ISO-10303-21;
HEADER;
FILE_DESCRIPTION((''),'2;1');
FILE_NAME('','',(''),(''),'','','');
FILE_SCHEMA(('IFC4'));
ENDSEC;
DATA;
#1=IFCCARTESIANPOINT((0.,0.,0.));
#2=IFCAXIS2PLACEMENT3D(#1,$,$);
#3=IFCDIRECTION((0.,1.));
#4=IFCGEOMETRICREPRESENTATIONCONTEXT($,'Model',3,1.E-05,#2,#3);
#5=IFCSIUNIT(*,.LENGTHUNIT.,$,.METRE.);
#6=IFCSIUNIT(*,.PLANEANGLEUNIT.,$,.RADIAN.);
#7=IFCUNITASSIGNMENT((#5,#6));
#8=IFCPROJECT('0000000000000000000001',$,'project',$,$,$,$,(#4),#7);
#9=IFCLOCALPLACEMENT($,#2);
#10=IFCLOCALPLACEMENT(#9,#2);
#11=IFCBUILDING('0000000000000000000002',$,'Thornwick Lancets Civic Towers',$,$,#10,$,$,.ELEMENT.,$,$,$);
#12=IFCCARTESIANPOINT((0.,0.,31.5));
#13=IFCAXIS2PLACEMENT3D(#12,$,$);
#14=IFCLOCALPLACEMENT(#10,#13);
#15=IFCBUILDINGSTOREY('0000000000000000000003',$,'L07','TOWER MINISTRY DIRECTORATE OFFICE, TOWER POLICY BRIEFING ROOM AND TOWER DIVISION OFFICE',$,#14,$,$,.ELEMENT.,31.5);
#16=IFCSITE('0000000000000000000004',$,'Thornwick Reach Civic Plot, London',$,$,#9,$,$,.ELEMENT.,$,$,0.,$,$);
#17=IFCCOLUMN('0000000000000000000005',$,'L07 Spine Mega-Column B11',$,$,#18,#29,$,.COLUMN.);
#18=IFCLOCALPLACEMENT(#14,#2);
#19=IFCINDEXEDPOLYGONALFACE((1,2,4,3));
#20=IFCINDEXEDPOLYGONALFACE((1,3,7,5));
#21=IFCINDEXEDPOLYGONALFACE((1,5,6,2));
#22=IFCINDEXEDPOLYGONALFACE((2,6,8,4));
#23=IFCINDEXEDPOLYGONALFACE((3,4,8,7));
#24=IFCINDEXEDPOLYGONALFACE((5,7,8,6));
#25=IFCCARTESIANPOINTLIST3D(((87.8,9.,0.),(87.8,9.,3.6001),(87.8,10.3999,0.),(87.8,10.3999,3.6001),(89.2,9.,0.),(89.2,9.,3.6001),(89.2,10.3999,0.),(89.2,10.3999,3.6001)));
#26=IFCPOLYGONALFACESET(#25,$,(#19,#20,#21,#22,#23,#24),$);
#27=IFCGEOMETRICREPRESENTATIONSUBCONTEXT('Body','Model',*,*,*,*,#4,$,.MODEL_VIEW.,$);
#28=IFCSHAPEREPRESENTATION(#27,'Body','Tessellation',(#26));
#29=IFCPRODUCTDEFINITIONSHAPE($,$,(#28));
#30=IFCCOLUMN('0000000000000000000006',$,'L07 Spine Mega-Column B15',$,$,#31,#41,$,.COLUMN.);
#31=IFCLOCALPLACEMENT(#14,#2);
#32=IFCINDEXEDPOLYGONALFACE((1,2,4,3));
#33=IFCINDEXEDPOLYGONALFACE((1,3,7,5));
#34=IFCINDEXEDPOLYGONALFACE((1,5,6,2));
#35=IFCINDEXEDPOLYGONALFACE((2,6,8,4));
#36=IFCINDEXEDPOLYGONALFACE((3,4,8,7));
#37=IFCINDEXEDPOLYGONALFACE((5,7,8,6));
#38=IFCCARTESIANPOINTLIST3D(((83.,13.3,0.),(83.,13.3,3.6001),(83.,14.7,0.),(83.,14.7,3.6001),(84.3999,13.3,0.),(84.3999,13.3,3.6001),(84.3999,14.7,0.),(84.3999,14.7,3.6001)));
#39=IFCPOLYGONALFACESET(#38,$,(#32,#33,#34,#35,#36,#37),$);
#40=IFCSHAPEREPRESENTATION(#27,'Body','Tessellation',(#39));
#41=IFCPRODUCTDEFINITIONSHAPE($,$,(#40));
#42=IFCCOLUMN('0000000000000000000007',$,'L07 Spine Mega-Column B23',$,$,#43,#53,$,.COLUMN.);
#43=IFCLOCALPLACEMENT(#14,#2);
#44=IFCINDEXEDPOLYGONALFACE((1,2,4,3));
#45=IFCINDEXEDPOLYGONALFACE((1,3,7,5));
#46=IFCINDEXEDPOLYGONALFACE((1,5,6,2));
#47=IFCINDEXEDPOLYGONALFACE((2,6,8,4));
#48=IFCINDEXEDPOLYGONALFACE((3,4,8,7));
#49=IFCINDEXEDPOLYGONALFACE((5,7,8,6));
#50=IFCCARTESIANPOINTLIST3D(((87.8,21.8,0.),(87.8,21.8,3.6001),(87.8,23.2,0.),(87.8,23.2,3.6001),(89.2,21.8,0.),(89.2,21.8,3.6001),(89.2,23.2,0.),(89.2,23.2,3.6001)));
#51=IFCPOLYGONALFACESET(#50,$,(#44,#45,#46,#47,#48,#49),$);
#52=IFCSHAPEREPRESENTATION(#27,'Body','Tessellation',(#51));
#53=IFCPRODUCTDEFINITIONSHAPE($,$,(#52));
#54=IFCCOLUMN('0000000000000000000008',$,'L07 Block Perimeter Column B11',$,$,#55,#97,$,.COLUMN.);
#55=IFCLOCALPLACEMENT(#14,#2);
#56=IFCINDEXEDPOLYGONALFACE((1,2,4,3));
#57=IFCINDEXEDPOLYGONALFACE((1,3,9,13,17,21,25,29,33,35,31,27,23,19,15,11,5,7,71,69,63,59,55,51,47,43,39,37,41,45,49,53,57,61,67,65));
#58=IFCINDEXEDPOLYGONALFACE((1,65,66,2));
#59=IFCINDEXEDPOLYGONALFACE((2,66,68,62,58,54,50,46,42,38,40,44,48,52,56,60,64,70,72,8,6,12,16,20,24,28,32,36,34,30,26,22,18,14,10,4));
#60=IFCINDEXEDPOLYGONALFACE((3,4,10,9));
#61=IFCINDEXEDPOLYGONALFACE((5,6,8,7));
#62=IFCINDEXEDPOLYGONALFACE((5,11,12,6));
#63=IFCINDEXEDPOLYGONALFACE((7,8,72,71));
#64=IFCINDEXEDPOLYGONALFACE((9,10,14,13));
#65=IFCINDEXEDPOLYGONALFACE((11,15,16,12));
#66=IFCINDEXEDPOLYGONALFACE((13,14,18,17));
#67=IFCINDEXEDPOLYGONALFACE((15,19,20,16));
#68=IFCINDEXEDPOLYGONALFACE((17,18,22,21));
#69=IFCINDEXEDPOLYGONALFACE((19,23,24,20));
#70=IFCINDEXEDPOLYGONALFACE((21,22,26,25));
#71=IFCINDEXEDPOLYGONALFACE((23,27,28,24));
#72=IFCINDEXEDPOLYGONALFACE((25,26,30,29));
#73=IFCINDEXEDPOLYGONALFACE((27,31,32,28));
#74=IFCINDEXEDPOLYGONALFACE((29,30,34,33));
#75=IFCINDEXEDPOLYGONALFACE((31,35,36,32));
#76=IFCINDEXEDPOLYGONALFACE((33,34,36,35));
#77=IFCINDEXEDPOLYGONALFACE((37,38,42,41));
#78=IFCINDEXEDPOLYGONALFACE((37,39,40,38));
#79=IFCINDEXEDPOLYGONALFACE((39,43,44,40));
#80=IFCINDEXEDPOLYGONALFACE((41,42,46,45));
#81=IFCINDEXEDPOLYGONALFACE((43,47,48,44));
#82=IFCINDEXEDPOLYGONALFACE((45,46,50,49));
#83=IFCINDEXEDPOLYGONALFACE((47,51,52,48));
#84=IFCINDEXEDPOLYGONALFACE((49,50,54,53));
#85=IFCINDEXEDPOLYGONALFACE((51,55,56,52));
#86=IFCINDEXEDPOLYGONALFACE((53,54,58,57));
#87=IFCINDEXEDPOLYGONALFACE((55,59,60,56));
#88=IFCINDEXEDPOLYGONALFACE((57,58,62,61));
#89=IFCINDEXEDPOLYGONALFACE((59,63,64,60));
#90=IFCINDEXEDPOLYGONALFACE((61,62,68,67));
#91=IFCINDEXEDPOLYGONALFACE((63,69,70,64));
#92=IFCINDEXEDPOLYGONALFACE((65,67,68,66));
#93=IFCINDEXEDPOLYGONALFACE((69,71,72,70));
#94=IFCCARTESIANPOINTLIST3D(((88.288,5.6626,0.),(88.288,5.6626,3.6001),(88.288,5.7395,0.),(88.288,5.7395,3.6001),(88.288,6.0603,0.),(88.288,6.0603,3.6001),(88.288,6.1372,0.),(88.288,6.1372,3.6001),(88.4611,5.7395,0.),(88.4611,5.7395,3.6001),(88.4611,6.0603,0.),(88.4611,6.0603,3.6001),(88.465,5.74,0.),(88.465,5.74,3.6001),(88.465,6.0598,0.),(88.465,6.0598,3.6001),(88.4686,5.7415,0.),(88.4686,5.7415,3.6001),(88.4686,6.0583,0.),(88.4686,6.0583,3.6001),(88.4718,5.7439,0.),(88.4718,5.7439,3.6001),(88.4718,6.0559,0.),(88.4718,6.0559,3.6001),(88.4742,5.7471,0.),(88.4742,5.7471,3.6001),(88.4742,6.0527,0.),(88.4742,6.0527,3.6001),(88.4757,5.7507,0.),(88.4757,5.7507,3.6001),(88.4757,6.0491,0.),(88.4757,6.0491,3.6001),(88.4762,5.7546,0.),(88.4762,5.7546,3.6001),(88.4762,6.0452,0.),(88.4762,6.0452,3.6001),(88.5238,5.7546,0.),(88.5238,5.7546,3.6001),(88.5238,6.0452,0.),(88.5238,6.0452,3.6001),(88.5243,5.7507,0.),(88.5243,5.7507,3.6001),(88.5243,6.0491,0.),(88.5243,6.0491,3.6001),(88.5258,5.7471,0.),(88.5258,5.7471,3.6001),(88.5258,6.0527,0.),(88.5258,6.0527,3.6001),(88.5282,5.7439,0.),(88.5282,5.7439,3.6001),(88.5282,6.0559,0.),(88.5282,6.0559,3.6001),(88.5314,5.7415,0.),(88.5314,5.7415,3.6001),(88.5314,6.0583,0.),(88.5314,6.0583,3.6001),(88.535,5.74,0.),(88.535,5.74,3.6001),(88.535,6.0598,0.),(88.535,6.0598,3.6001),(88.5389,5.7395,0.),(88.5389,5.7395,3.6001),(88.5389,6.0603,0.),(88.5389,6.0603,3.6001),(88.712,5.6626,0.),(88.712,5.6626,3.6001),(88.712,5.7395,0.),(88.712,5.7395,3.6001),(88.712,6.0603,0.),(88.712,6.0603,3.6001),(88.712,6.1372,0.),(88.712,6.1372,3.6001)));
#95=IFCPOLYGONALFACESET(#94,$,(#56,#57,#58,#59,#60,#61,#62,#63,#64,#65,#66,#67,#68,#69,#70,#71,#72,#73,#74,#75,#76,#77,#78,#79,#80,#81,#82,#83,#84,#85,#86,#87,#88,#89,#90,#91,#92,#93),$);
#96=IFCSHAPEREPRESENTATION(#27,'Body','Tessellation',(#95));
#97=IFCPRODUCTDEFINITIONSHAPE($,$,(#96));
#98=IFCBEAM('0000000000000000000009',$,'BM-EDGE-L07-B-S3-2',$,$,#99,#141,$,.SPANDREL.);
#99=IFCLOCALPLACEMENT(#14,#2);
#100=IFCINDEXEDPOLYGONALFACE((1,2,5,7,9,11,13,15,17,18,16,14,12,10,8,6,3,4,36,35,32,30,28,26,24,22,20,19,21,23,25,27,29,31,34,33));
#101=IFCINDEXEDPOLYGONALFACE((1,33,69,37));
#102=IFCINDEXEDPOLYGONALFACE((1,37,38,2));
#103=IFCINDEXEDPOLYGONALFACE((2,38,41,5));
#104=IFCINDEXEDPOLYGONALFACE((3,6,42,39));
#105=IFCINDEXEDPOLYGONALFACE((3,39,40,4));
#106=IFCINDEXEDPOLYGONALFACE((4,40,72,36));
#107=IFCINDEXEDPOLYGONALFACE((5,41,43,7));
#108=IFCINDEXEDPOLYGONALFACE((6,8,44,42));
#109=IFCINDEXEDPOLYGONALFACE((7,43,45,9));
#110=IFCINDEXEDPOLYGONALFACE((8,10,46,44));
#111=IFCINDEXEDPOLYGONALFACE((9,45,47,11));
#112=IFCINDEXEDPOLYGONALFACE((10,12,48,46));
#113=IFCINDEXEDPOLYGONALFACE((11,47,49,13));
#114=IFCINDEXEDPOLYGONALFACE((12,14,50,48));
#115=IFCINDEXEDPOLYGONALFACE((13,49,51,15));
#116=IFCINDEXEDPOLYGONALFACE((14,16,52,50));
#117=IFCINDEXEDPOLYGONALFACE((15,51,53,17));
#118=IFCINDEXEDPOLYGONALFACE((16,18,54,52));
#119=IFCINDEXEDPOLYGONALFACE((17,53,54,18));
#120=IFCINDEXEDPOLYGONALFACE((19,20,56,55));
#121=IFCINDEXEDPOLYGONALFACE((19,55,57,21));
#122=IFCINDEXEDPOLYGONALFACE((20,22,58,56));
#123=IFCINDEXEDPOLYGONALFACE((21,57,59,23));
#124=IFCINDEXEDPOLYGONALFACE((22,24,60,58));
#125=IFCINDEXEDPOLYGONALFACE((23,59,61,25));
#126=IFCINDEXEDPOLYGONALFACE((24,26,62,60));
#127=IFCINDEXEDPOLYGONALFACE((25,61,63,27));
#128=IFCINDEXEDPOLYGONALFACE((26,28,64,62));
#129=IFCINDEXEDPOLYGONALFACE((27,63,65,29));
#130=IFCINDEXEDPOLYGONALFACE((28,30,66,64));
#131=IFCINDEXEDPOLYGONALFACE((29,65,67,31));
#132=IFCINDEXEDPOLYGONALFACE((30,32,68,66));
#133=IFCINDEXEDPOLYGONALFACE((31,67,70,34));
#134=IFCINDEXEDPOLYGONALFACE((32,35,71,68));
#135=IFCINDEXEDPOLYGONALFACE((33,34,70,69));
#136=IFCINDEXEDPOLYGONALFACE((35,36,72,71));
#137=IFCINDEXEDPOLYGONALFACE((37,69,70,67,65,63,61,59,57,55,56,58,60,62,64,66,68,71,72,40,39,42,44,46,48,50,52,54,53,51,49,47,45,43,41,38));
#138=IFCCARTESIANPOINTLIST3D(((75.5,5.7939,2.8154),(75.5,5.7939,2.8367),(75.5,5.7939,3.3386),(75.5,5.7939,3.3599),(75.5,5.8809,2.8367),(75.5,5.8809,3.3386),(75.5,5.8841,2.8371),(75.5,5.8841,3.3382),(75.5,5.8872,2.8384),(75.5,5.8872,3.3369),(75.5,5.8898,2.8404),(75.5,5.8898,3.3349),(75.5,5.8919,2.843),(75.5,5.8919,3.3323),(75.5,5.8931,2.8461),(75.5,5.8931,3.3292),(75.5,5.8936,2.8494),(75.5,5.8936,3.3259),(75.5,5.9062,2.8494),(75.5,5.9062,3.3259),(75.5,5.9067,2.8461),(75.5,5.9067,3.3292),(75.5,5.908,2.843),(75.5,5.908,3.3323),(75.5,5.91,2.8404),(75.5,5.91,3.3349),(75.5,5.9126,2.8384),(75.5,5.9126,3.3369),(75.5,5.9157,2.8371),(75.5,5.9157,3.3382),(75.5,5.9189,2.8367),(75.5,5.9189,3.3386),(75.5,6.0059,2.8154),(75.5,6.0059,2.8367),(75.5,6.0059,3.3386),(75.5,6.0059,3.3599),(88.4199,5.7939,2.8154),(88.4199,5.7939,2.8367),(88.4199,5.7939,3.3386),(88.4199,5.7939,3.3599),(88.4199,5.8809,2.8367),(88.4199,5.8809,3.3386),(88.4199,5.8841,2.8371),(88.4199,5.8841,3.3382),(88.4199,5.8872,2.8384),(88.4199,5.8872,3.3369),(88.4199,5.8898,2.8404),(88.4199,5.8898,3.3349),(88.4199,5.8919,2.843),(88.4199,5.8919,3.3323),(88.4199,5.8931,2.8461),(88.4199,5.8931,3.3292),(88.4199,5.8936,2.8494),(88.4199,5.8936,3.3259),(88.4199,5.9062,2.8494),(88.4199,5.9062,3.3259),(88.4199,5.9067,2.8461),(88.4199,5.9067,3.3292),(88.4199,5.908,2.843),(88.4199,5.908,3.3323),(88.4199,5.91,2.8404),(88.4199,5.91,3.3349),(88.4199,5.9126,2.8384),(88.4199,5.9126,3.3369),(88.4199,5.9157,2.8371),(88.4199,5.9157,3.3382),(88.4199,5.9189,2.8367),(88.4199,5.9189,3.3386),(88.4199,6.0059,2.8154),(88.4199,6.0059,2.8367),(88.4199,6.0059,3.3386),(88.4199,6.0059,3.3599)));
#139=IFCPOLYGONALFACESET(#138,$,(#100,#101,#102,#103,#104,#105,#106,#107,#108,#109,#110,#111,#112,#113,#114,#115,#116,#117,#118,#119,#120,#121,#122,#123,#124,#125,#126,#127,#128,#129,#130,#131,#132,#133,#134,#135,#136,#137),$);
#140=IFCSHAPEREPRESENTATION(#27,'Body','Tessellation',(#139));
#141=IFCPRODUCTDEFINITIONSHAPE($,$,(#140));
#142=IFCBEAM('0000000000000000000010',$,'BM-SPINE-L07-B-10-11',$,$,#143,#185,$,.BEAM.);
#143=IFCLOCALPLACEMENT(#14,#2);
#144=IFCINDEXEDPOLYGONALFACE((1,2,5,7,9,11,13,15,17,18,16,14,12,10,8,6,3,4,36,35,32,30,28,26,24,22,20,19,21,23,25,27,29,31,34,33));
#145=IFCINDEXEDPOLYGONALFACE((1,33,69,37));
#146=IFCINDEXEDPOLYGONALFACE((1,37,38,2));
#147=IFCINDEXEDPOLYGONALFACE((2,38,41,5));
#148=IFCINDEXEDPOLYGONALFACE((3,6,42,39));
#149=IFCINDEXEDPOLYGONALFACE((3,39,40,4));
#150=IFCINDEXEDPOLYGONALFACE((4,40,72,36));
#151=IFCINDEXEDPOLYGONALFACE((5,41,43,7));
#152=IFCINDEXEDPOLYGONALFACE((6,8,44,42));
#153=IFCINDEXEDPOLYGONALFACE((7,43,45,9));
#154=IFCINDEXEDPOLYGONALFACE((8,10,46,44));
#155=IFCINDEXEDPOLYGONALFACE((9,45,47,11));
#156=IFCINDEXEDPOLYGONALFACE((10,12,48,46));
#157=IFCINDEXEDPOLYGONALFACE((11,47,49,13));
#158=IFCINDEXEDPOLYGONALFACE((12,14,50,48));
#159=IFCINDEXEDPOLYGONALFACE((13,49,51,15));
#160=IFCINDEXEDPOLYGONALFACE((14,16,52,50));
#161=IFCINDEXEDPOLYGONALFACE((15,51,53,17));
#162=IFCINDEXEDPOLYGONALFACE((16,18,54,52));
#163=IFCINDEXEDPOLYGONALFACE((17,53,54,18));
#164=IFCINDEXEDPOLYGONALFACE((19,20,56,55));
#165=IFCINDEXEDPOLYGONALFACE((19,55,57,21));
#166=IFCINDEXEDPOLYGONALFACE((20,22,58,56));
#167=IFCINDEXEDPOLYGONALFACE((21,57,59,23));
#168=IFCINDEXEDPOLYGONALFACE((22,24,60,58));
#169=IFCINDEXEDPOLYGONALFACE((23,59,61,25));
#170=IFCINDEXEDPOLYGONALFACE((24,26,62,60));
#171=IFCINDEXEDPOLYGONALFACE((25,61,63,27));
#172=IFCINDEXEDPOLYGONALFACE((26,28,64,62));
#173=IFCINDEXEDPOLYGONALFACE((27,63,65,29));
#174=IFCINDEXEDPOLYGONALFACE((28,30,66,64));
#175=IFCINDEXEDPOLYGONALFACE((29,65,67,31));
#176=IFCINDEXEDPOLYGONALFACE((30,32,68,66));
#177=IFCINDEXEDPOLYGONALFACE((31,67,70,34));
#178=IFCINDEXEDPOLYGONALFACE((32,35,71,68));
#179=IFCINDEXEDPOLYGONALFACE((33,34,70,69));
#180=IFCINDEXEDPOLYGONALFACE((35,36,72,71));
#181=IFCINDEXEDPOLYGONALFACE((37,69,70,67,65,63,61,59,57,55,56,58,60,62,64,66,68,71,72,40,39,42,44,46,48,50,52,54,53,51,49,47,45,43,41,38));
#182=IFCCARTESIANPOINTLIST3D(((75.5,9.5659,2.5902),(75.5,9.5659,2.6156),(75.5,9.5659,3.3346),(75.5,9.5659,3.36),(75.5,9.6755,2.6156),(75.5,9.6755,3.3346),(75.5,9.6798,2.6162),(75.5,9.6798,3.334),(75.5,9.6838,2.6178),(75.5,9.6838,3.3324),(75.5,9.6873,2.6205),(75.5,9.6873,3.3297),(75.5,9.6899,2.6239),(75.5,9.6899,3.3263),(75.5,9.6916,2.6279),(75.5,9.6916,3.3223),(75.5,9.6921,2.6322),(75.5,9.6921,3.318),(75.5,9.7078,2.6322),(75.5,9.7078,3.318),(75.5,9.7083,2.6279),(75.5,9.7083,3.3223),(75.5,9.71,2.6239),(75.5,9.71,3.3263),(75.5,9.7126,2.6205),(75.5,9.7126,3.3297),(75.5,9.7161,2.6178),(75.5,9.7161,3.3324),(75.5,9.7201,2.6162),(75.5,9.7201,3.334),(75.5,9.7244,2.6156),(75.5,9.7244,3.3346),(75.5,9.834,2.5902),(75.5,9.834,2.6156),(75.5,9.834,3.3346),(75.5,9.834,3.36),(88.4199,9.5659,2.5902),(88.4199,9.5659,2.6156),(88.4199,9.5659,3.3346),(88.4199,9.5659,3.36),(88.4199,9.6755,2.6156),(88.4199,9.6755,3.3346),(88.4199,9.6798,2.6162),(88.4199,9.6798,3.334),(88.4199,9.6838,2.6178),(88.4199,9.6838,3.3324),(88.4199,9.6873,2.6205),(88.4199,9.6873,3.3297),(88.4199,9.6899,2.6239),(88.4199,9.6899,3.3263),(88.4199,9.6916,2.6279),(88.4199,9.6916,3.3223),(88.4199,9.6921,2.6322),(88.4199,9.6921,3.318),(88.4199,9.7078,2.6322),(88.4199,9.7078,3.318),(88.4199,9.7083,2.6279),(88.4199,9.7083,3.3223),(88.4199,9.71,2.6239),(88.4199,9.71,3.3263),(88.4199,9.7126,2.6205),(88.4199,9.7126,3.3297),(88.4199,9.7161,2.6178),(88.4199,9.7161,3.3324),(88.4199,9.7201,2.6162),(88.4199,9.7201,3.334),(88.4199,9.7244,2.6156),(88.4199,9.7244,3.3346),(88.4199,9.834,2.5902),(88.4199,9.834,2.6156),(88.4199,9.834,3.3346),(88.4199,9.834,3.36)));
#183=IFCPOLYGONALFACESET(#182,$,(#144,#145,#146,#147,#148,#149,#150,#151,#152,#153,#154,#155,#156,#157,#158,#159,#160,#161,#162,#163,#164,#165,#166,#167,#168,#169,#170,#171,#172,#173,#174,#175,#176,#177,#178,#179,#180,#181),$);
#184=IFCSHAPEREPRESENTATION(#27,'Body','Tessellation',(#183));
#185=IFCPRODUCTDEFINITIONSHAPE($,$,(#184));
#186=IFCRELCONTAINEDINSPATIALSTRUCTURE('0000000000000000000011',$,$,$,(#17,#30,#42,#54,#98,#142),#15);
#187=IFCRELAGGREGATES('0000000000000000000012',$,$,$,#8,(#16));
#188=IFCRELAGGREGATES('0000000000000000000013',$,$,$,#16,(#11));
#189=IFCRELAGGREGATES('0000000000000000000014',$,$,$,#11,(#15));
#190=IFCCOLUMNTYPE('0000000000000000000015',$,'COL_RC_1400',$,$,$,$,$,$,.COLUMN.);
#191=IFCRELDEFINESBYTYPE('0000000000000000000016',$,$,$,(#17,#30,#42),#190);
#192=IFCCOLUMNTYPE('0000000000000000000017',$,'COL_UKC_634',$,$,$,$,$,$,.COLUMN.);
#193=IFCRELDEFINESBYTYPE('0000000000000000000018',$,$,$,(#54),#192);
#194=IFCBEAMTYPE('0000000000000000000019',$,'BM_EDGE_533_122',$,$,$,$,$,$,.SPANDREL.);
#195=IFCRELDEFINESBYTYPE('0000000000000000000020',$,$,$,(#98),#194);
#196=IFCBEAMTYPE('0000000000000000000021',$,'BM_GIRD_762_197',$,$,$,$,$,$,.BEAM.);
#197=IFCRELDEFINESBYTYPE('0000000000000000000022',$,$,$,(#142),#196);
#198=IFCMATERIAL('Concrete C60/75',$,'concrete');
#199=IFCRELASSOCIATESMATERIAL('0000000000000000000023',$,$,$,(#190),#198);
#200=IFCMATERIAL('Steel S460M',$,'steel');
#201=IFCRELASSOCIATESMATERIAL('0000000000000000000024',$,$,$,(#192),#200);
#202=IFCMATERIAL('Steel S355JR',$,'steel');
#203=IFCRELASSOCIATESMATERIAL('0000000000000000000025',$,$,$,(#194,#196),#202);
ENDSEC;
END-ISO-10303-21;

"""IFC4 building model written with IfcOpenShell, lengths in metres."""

from ifc_helpers import new_model, si_unit, direction, frame, origin, origin_2d, place, context, subcontext, project, spatial, rectangle, i_section, extrude, material, material_profile, profile_set, type_object, element, save


model = new_model("IFC4")

# Units and contexts
model_context = context("Model", 3, precision=1e-05, world=origin(), true_north=direction((0.0, 1.0)))
body_context = subcontext(model_context, "Body", "Model", "MODEL_VIEW")
ifc_project = project(units=[si_unit("LENGTHUNIT", "METRE"), si_unit("PLANEANGLEUNIT", "RADIAN")], contexts=[model_context])

# Site, building, storey
site_placement = place(None, origin())
site = spatial("IfcSite", under=ifc_project, at=site_placement, Name="Thornwick Reach Civic Plot, London", CompositionType="ELEMENT", RefElevation=0.0)
building_placement = place(site_placement, origin())
building = spatial("IfcBuilding", under=site, at=building_placement, Name="Thornwick Lancets Civic Towers", CompositionType="ELEMENT")
storey_placement = place(building_placement, frame((0.0, 0.0, 31.5)))
storey = spatial("IfcBuildingStorey", under=building, at=storey_placement, Name="L07", Description="TOWER MINISTRY DIRECTORATE OFFICE, TOWER POLICY BRIEFING ROOM AND TOWER DIVISION OFFICE", CompositionType="ELEMENT", Elevation=31.5)

# Columns
ifc_material_1 = material(Name="Concrete C60/75", Category="concrete")
ifc_material_profile_1 = material_profile(ifc_material_1, rectangle(XDim=1.3999, YDim=1.3999, at=origin_2d()), Name="RC 1400x1400")
ifc_profile_set_1 = profile_set([ifc_material_profile_1], Name="Concrete C60/75")
column_type_1 = type_object("IfcColumnType", Name="COL_RC_1400", PredefinedType="COLUMN", material=ifc_profile_set_1)
for number, where, z_axis, x_axis, name in (
    (1, (88.5, 9.7, 0.0), (0.0, 0.0, 1.0), (1.0, 0.0, 0.0), "L07 Spine Mega-Column B11"),
    (2, (83.7, 14.0, 0.0), (0.0, 0.0, 1.0), (1.0, 0.0, 0.0), "L07 Spine Mega-Column B15"),
    (3, (88.5, 22.5, 0.0), (0.0, 0.0, 1.0), (1.0, 0.0, 0.0), "L07 Spine Mega-Column B23"),
):
    element("IfcColumn", number, at=place(storey_placement, frame(where, z_axis=z_axis, x_axis=x_axis)), inside=storey, type_object=column_type_1, Name=name, PredefinedType="COLUMN", context=body_context, shape_type="SweptSolid", body=[
        extrude(rectangle(XDim=1.3999, YDim=1.3999, at=origin_2d()), origin(), (0.0, 0.0, 1.0), 3.6001),
    ])
ifc_material_2 = material(Name="Steel S460M", Category="steel")
ifc_material_profile_2 = material_profile(ifc_material_2, i_section(OverallWidth=0.4241, OverallDepth=0.4746, WebThickness=0.0476, FlangeThickness=0.0769, FilletRadius=0.0151, at=origin_2d()), Name="UKC 356x406x634")
ifc_profile_set_2 = profile_set([ifc_material_profile_2], Name="Steel S460M")
column_type_2 = type_object("IfcColumnType", Name="COL_UKC_634", PredefinedType="COLUMN", material=ifc_profile_set_2)
column_placement = place(storey_placement, frame((88.5, 5.8999, 0.0), z_axis=(0.0, 0.0, 1.0), x_axis=(1.0, 0.0, 0.0)))
element("IfcColumn", 4, at=column_placement, inside=storey, type_object=column_type_2, Name="L07 Block Perimeter Column B11", PredefinedType="COLUMN", context=body_context, shape_type="SweptSolid", body=[
    extrude(i_section(OverallWidth=0.4241, OverallDepth=0.4746, WebThickness=0.0476, FlangeThickness=0.0769, FilletRadius=0.0151, at=origin_2d()), origin(), (0.0, 0.0, 1.0), 3.6001),
])

# Beams
ifc_material_3 = material(Name="Steel S355JR", Category="steel")
ifc_material_profile_3 = material_profile(ifc_material_3, i_section(OverallWidth=0.2119, OverallDepth=0.5444, WebThickness=0.0127, FlangeThickness=0.0212, FilletRadius=0.0127, at=origin_2d()), Name="UKB 533x210x122")
ifc_profile_set_3 = profile_set([ifc_material_profile_3], Name="Steel S355JR")
beam_type_1 = type_object("IfcBeamType", Name="BM_EDGE_533_122", PredefinedType="SPANDREL", material=ifc_profile_set_3)
beam_1_placement = place(storey_placement, frame((88.4199, 5.8999, 3.0876), z_axis=(-1.0, 0.0, 0.0), x_axis=(0.0, -1.0, 0.0)))
element("IfcBeam", 5, at=beam_1_placement, inside=storey, type_object=beam_type_1, Name="BM-EDGE-L07-B-S3-2", PredefinedType="SPANDREL", context=body_context, shape_type="SweptSolid", body=[
    extrude(i_section(OverallWidth=0.2119, OverallDepth=0.5444, WebThickness=0.0127, FlangeThickness=0.0212, FilletRadius=0.0127, at=origin_2d()), origin(), (0.0, 0.0, 1.0), 12.9199),
])
ifc_material_profile_4 = material_profile(ifc_material_3, i_section(OverallWidth=0.2681, OverallDepth=0.7698, WebThickness=0.0156, FlangeThickness=0.0254, FilletRadius=0.0166, at=origin_2d()), Name="UKB 762x267x197")
ifc_profile_set_4 = profile_set([ifc_material_profile_4], Name="Steel S355JR")
beam_type_2 = type_object("IfcBeamType", Name="BM_GIRD_762_197", PredefinedType="BEAM", material=ifc_profile_set_4)
beam_2_placement = place(storey_placement, frame((88.4199, 9.7, 2.9751), z_axis=(-1.0, 0.0, 0.0), x_axis=(0.0, -1.0, 0.0)))
element("IfcBeam", 6, at=beam_2_placement, inside=storey, type_object=beam_type_2, Name="BM-SPINE-L07-B-10-11", PredefinedType="BEAM", context=body_context, shape_type="SweptSolid", body=[
    extrude(i_section(OverallWidth=0.2681, OverallDepth=0.7698, WebThickness=0.0156, FlangeThickness=0.0254, FilletRadius=0.0166, at=origin_2d()), origin(), (0.0, 0.0, 1.0), 12.9199),
])

save(model, "model.ifc")
